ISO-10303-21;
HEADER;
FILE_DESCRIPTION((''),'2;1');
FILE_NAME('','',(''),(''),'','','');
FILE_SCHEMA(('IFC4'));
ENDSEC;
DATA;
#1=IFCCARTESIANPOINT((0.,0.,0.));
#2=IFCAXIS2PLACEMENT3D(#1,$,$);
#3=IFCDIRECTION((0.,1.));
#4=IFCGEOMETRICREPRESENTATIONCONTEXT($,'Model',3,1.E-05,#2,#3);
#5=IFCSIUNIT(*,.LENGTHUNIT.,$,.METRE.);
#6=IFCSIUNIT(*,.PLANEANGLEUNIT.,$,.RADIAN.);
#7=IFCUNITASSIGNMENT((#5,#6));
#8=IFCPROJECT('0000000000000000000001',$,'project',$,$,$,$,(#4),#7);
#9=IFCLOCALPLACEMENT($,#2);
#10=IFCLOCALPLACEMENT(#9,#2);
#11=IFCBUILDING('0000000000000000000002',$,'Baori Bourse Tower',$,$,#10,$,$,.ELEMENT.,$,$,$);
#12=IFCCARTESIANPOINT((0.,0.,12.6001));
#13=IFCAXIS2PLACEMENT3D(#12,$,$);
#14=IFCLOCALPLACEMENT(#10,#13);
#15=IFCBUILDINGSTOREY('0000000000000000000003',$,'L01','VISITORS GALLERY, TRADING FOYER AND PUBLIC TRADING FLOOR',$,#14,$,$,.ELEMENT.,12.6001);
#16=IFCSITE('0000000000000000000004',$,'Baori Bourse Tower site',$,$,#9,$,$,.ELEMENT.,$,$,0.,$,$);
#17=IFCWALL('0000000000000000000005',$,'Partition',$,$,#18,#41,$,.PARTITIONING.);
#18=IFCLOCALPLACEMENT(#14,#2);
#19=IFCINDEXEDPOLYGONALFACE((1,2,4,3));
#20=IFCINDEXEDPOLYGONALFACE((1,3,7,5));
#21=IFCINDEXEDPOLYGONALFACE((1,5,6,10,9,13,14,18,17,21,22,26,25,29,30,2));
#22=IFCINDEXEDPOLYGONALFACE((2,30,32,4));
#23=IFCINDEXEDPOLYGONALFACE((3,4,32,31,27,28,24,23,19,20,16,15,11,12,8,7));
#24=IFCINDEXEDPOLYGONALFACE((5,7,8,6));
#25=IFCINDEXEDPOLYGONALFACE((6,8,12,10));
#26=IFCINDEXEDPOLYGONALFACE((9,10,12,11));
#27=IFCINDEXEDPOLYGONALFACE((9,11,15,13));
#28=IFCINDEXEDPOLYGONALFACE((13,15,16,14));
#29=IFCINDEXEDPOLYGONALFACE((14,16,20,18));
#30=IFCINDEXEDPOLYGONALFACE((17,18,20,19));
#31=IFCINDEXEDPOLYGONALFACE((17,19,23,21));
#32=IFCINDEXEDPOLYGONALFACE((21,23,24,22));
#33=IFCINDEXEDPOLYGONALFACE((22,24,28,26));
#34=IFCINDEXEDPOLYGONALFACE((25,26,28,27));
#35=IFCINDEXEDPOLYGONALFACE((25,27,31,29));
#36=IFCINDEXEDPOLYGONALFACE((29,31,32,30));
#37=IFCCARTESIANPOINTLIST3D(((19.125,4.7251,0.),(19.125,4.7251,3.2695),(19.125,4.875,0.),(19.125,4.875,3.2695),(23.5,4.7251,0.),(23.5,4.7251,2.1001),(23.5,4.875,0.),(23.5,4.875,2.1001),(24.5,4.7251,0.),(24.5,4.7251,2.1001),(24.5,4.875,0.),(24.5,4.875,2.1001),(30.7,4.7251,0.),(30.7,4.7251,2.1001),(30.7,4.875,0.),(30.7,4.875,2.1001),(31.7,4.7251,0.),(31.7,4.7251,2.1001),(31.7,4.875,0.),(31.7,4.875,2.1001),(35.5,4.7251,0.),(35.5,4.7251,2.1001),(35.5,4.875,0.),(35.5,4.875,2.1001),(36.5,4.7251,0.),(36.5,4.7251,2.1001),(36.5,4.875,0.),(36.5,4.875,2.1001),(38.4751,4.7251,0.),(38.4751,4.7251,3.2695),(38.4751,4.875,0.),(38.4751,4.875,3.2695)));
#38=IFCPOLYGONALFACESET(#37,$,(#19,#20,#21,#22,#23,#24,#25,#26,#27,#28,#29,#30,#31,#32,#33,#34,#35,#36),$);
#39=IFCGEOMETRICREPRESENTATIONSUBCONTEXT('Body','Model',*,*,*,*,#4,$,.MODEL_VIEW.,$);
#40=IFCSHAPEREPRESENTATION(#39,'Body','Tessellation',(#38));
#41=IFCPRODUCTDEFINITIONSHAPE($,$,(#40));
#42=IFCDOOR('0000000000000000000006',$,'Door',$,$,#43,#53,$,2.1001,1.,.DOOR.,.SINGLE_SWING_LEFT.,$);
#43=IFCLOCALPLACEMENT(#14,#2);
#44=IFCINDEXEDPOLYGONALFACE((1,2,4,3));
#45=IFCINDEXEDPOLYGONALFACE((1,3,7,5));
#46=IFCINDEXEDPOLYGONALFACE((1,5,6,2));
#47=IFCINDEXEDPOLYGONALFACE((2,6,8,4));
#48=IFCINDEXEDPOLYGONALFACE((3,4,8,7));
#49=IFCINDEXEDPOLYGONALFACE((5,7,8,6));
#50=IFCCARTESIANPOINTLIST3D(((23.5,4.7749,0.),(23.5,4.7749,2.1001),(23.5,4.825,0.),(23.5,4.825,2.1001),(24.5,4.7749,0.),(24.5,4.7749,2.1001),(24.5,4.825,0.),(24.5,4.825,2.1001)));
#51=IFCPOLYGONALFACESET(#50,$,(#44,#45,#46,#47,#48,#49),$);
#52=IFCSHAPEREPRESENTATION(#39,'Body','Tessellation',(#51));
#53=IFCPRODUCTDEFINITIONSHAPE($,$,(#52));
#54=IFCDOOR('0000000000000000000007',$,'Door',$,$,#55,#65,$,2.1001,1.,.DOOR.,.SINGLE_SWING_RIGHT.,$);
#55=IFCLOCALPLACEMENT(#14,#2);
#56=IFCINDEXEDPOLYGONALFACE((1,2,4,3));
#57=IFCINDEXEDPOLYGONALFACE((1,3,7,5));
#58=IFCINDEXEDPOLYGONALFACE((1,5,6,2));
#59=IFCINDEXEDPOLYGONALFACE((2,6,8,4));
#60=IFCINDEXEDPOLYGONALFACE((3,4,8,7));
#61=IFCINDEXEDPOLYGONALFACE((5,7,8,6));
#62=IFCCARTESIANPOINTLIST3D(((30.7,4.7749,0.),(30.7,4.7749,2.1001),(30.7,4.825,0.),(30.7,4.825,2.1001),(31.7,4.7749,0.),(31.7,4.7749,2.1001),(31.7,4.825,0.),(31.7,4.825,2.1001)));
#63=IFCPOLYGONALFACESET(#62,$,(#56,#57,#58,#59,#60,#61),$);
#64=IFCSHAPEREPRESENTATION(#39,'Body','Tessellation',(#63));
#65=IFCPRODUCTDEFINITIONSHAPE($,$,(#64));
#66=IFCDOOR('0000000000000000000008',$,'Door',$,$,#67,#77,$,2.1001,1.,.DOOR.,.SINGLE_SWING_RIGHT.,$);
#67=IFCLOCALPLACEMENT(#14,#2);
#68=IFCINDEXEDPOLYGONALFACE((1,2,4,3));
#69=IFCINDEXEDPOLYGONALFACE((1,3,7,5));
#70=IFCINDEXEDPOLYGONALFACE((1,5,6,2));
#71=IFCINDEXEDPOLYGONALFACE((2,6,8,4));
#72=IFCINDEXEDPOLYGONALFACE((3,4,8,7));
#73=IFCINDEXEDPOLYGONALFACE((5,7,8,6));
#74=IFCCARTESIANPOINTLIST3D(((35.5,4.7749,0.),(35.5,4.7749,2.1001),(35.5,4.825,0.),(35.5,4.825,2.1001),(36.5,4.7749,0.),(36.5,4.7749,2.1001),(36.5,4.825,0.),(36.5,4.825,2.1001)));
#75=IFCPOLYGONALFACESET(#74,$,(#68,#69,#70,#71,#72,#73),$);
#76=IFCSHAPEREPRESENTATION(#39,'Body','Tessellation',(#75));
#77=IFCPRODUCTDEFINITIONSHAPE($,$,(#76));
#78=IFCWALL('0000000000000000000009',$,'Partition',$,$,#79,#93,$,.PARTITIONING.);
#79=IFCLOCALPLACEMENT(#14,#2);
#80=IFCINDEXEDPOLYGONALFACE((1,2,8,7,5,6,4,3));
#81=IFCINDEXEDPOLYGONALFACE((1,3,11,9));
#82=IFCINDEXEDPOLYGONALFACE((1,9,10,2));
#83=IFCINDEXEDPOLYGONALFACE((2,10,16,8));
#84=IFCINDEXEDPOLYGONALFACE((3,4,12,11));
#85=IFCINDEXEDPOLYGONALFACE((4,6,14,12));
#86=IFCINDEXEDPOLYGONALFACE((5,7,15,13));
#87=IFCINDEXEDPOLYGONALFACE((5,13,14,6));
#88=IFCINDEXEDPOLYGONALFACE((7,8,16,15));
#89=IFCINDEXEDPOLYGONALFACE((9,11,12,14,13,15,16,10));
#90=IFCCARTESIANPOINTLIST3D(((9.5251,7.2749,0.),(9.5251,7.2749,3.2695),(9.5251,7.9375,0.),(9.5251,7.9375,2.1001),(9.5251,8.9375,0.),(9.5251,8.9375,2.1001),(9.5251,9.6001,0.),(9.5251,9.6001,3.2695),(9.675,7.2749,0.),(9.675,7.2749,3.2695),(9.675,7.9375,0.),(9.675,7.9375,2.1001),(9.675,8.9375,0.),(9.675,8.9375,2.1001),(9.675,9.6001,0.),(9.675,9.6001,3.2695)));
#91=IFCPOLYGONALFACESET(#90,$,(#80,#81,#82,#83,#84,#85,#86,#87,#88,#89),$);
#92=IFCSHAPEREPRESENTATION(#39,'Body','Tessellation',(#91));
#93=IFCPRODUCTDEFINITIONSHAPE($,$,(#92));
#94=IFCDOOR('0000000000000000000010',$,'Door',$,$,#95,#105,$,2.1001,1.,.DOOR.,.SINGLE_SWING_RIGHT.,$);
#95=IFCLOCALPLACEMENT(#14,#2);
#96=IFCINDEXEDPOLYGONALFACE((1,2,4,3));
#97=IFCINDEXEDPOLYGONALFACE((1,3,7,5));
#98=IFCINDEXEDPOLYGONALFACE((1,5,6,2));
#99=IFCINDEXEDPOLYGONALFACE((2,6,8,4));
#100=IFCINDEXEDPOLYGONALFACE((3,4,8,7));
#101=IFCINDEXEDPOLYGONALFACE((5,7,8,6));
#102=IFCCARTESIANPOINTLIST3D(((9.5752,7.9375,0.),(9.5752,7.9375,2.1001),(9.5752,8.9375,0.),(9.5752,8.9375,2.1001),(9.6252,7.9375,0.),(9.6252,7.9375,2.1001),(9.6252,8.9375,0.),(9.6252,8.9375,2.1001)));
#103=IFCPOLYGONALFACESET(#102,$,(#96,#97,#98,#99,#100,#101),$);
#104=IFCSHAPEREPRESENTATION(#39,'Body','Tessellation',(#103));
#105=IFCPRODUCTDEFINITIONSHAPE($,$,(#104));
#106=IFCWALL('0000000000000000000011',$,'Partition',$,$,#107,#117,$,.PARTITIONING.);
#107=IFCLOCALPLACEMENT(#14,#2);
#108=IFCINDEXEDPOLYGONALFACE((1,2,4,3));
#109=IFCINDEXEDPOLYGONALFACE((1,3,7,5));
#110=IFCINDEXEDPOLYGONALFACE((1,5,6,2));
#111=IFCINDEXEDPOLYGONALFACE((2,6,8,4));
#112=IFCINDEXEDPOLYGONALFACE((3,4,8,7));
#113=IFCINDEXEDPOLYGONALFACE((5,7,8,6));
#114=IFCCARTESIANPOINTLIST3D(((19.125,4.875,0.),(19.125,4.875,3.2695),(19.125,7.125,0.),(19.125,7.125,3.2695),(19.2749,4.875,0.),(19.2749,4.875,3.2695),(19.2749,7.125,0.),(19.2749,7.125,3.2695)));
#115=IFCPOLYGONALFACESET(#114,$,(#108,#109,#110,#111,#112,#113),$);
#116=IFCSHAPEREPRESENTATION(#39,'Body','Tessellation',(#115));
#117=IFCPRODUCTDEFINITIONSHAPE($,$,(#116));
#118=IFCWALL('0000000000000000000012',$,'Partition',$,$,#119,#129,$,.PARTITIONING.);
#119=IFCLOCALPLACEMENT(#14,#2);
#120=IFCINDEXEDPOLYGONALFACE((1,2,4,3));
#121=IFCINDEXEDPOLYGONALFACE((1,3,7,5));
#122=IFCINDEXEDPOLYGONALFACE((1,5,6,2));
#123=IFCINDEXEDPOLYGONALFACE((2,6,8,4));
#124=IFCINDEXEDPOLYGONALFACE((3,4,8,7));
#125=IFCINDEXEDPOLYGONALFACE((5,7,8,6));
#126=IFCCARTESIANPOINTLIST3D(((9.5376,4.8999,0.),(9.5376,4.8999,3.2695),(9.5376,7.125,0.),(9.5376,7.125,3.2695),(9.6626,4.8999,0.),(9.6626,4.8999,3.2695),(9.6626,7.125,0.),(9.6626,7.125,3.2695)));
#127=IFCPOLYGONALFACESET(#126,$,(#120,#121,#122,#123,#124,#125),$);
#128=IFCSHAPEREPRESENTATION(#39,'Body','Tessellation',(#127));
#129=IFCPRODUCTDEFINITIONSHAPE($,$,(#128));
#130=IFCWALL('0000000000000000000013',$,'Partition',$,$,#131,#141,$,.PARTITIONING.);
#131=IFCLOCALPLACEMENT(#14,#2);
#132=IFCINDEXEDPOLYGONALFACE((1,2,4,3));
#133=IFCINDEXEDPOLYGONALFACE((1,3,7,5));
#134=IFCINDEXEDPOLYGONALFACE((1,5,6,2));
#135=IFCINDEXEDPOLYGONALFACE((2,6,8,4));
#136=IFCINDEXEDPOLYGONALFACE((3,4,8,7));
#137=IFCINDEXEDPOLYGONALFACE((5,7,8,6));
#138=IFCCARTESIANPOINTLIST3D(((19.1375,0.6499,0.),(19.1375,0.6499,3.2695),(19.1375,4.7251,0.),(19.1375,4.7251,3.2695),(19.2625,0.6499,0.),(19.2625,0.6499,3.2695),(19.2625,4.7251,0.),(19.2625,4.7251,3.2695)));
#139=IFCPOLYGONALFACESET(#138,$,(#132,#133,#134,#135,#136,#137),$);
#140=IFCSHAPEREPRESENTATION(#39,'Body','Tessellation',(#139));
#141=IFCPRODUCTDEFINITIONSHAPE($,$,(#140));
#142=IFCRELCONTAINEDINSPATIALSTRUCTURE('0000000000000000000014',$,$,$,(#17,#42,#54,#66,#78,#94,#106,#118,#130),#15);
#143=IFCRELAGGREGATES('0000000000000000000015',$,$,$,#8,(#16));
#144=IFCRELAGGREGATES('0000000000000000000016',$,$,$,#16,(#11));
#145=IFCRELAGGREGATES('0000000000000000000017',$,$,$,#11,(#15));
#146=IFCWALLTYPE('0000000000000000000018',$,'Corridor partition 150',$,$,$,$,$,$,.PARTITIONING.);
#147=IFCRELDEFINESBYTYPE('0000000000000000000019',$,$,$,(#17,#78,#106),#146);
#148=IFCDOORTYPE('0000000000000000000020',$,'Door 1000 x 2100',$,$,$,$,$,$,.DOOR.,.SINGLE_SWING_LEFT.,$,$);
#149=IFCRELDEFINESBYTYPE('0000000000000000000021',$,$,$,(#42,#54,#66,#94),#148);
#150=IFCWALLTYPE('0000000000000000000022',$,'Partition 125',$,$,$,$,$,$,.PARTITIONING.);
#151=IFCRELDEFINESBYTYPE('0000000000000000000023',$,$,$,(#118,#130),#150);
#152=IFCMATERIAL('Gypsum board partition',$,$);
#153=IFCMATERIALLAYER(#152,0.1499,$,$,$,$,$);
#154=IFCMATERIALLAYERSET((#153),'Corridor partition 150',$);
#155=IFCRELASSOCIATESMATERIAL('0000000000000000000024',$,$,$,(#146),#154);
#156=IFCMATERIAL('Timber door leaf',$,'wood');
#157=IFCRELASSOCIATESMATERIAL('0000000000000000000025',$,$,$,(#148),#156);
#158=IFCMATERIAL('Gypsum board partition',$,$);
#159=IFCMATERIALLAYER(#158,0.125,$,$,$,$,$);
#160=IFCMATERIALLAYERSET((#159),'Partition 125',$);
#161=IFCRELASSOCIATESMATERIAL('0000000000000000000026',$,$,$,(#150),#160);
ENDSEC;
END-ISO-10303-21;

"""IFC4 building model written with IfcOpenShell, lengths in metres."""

from ifc_helpers import new_model, si_unit, direction, frame, frame_2d, origin, place, context, subcontext, project, spatial, rectangle, extrude, material, layer, layer_set, type_object, element, fill, save


model = new_model("IFC4")

# Units and contexts
model_context = context("Model", 3, precision=1e-05, world=origin(), true_north=direction((0.0, 1.0)))
body_context = subcontext(model_context, "Body", "Model", "MODEL_VIEW")
ifc_project = project(units=[si_unit("LENGTHUNIT", "METRE"), si_unit("PLANEANGLEUNIT", "RADIAN")], contexts=[model_context])

# Site, building, storey
site_placement = place(None, origin())
site = spatial("IfcSite", under=ifc_project, at=site_placement, Name="Baori Bourse Tower site", CompositionType="ELEMENT", RefElevation=0.0)
building_placement = place(site_placement, origin())
building = spatial("IfcBuilding", under=site, at=building_placement, Name="Baori Bourse Tower", CompositionType="ELEMENT")
storey_placement = place(building_placement, frame((0.0, 0.0, 12.6001)))
storey = spatial("IfcBuildingStorey", under=building, at=storey_placement, Name="L01", Description="VISITORS GALLERY, TRADING FOYER AND PUBLIC TRADING FLOOR", CompositionType="ELEMENT", Elevation=12.6001)

# Wall, openings, doors
ifc_material_1 = material(Name="Gypsum board partition")
ifc_layer_1 = layer(ifc_material_1, 0.1499)
ifc_layer_set_1 = layer_set([ifc_layer_1], Name="Corridor partition 150")
wall_type_1 = type_object("IfcWallType", Name="Corridor partition 150", PredefinedType="PARTITIONING", material=ifc_layer_set_1)
wall_1_placement = place(storey_placement, frame((19.125, 4.8, 0.0), z_axis=(0.0, 0.0, 1.0), x_axis=(1.0, 0.0, 0.0)))
wall_1 = element("IfcWall", 1, at=wall_1_placement, inside=storey, type_object=wall_type_1, Name="Partition", PredefinedType="PARTITIONING", context=body_context, shape_type="SweptSolid", body=[
    extrude(rectangle(XDim=19.3501, YDim=0.1499, at=frame_2d((9.675, 0.0))), origin(), (0.0, 0.0, 1.0), 3.2695),
])
opening_1_placement = place(wall_1_placement, frame((4.375, 0.0, 0.0)))
opening_1 = element("IfcOpeningElement", 2, at=opening_1_placement, cuts=wall_1, PredefinedType="OPENING", context=body_context, shape_type="SweptSolid", body=[
    extrude(rectangle(XDim=1.0, YDim=2.1001, at=frame_2d((0.5, 1.05))), frame((0.0, 0.085, 0.0), z_axis=(0.0, -1.0, 0.0), x_axis=(1.0, 0.0, 0.0)), (0.0, 0.0, 1.0), 0.1699),
])
opening_2_placement = place(wall_1_placement, frame((11.575, 0.0, 0.0)))
opening_2 = element("IfcOpeningElement", 3, at=opening_2_placement, cuts=wall_1, PredefinedType="OPENING", context=body_context, shape_type="SweptSolid", body=[
    extrude(rectangle(XDim=1.0, YDim=2.1001, at=frame_2d((0.5, 1.05))), frame((0.0, 0.085, 0.0), z_axis=(0.0, -1.0, 0.0), x_axis=(1.0, 0.0, 0.0)), (0.0, 0.0, 1.0), 0.1699),
])
opening_3_placement = place(wall_1_placement, frame((16.375, 0.0, 0.0)))
opening_3 = element("IfcOpeningElement", 4, at=opening_3_placement, cuts=wall_1, PredefinedType="OPENING", context=body_context, shape_type="SweptSolid", body=[
    extrude(rectangle(XDim=1.0, YDim=2.1001, at=frame_2d((0.5, 1.05))), frame((0.0, 0.085, 0.0), z_axis=(0.0, -1.0, 0.0), x_axis=(1.0, 0.0, 0.0)), (0.0, 0.0, 1.0), 0.1699),
])
ifc_material_2 = material(Name="Timber door leaf", Category="wood")
door_type = type_object("IfcDoorType", Name="Door 1000 x 2100", OperationType="SINGLE_SWING_LEFT", PredefinedType="DOOR", material=ifc_material_2)
door_1_placement = place(opening_1_placement, origin())
door_1 = element("IfcDoor", 5, at=door_1_placement, inside=storey, type_object=door_type, Name="Door", OperationType="SINGLE_SWING_LEFT", OverallHeight=2.1001, OverallWidth=1.0, PredefinedType="DOOR", context=body_context, shape_type="SweptSolid", body=[
    extrude(rectangle(XDim=1.0, YDim=2.1001, at=frame_2d((0.5, 1.05))), frame((0.0, 0.0249, 0.0), z_axis=(0.0, -1.0, 0.0), x_axis=(1.0, 0.0, 0.0)), (0.0, 0.0, 1.0), 0.05),
])
fill(opening_1, door_1)
door_2_placement = place(opening_2_placement, origin())
door_2 = element("IfcDoor", 6, at=door_2_placement, inside=storey, type_object=door_type, Name="Door", OperationType="SINGLE_SWING_RIGHT", OverallHeight=2.1001, OverallWidth=1.0, PredefinedType="DOOR", context=body_context, shape_type="SweptSolid", body=[
    extrude(rectangle(XDim=1.0, YDim=2.1001, at=frame_2d((0.5, 1.05))), frame((0.0, 0.0249, 0.0), z_axis=(0.0, -1.0, 0.0), x_axis=(1.0, 0.0, 0.0)), (0.0, 0.0, 1.0), 0.05),
])
fill(opening_2, door_2)
door_3_placement = place(opening_3_placement, origin())
door_3 = element("IfcDoor", 7, at=door_3_placement, inside=storey, type_object=door_type, Name="Door", OperationType="SINGLE_SWING_RIGHT", OverallHeight=2.1001, OverallWidth=1.0, PredefinedType="DOOR", context=body_context, shape_type="SweptSolid", body=[
    extrude(rectangle(XDim=1.0, YDim=2.1001, at=frame_2d((0.5, 1.05))), frame((0.0, 0.0249, 0.0), z_axis=(0.0, -1.0, 0.0), x_axis=(1.0, 0.0, 0.0)), (0.0, 0.0, 1.0), 0.05),
])
fill(opening_3, door_3)

# Wall, opening, door
wall_2_placement = place(storey_placement, frame((9.6001, 7.2749, 0.0), z_axis=(0.0, 0.0, 1.0), x_axis=(0.0, 1.0, 0.0)))
wall_2 = element("IfcWall", 8, at=wall_2_placement, inside=storey, type_object=wall_type_1, Name="Partition", PredefinedType="PARTITIONING", context=body_context, shape_type="SweptSolid", body=[
    extrude(rectangle(XDim=2.3252, YDim=0.1499, at=frame_2d((1.1626, 0.0))), origin(), (0.0, 0.0, 1.0), 3.2695),
])
opening_4_placement = place(wall_2_placement, frame((0.6626, 0.0, 0.0)))
opening_4 = element("IfcOpeningElement", 9, at=opening_4_placement, cuts=wall_2, PredefinedType="OPENING", context=body_context, shape_type="SweptSolid", body=[
    extrude(rectangle(XDim=1.0, YDim=2.1001, at=frame_2d((0.5, 1.05))), frame((0.0, 0.085, 0.0), z_axis=(0.0, -1.0, 0.0), x_axis=(1.0, 0.0, 0.0)), (0.0, 0.0, 1.0), 0.1699),
])
door_4_placement = place(opening_4_placement, origin())
door_4 = element("IfcDoor", 10, at=door_4_placement, inside=storey, type_object=door_type, Name="Door", OperationType="SINGLE_SWING_RIGHT", OverallHeight=2.1001, OverallWidth=1.0, PredefinedType="DOOR", context=body_context, shape_type="SweptSolid", body=[
    extrude(rectangle(XDim=1.0, YDim=2.1001, at=frame_2d((0.5, 1.05))), frame((0.0, 0.0249, 0.0), z_axis=(0.0, -1.0, 0.0), x_axis=(1.0, 0.0, 0.0)), (0.0, 0.0, 1.0), 0.05),
])
fill(opening_4, door_4)

# Walls
wall_3_placement = place(storey_placement, frame((19.2, 4.875, 0.0), z_axis=(0.0, 0.0, 1.0), x_axis=(0.0, 1.0, 0.0)))
element("IfcWall", 11, at=wall_3_placement, inside=storey, type_object=wall_type_1, Name="Partition", PredefinedType="PARTITIONING", context=body_context, shape_type="SweptSolid", body=[
    extrude(rectangle(XDim=2.25, YDim=0.1499, at=frame_2d((1.125, 0.0))), origin(), (0.0, 0.0, 1.0), 3.2695),
])
ifc_material_3 = material(Name="Gypsum board partition")
ifc_layer_2 = layer(ifc_material_3, 0.125)
ifc_layer_set_2 = layer_set([ifc_layer_2], Name="Partition 125")
wall_type_2 = type_object("IfcWallType", Name="Partition 125", PredefinedType="PARTITIONING", material=ifc_layer_set_2)
wall_4_placement = place(storey_placement, frame((9.6001, 4.8999, 0.0), z_axis=(0.0, 0.0, 1.0), x_axis=(0.0, 1.0, 0.0)))
element("IfcWall", 12, at=wall_4_placement, inside=storey, type_object=wall_type_2, Name="Partition", PredefinedType="PARTITIONING", context=body_context, shape_type="SweptSolid", body=[
    extrude(rectangle(XDim=2.2251, YDim=0.125, at=frame_2d((1.1125, 0.0))), origin(), (0.0, 0.0, 1.0), 3.2695),
])
wall_5_placement = place(storey_placement, frame((19.2, 0.6499, 0.0), z_axis=(0.0, 0.0, 1.0), x_axis=(0.0, 1.0, 0.0)))
element("IfcWall", 13, at=wall_5_placement, inside=storey, type_object=wall_type_2, Name="Partition", PredefinedType="PARTITIONING", context=body_context, shape_type="SweptSolid", body=[
    extrude(rectangle(XDim=4.0752, YDim=0.125, at=frame_2d((2.0376, 0.0))), origin(), (0.0, 0.0, 1.0), 3.2695),
])

save(model, "model.ifc")
